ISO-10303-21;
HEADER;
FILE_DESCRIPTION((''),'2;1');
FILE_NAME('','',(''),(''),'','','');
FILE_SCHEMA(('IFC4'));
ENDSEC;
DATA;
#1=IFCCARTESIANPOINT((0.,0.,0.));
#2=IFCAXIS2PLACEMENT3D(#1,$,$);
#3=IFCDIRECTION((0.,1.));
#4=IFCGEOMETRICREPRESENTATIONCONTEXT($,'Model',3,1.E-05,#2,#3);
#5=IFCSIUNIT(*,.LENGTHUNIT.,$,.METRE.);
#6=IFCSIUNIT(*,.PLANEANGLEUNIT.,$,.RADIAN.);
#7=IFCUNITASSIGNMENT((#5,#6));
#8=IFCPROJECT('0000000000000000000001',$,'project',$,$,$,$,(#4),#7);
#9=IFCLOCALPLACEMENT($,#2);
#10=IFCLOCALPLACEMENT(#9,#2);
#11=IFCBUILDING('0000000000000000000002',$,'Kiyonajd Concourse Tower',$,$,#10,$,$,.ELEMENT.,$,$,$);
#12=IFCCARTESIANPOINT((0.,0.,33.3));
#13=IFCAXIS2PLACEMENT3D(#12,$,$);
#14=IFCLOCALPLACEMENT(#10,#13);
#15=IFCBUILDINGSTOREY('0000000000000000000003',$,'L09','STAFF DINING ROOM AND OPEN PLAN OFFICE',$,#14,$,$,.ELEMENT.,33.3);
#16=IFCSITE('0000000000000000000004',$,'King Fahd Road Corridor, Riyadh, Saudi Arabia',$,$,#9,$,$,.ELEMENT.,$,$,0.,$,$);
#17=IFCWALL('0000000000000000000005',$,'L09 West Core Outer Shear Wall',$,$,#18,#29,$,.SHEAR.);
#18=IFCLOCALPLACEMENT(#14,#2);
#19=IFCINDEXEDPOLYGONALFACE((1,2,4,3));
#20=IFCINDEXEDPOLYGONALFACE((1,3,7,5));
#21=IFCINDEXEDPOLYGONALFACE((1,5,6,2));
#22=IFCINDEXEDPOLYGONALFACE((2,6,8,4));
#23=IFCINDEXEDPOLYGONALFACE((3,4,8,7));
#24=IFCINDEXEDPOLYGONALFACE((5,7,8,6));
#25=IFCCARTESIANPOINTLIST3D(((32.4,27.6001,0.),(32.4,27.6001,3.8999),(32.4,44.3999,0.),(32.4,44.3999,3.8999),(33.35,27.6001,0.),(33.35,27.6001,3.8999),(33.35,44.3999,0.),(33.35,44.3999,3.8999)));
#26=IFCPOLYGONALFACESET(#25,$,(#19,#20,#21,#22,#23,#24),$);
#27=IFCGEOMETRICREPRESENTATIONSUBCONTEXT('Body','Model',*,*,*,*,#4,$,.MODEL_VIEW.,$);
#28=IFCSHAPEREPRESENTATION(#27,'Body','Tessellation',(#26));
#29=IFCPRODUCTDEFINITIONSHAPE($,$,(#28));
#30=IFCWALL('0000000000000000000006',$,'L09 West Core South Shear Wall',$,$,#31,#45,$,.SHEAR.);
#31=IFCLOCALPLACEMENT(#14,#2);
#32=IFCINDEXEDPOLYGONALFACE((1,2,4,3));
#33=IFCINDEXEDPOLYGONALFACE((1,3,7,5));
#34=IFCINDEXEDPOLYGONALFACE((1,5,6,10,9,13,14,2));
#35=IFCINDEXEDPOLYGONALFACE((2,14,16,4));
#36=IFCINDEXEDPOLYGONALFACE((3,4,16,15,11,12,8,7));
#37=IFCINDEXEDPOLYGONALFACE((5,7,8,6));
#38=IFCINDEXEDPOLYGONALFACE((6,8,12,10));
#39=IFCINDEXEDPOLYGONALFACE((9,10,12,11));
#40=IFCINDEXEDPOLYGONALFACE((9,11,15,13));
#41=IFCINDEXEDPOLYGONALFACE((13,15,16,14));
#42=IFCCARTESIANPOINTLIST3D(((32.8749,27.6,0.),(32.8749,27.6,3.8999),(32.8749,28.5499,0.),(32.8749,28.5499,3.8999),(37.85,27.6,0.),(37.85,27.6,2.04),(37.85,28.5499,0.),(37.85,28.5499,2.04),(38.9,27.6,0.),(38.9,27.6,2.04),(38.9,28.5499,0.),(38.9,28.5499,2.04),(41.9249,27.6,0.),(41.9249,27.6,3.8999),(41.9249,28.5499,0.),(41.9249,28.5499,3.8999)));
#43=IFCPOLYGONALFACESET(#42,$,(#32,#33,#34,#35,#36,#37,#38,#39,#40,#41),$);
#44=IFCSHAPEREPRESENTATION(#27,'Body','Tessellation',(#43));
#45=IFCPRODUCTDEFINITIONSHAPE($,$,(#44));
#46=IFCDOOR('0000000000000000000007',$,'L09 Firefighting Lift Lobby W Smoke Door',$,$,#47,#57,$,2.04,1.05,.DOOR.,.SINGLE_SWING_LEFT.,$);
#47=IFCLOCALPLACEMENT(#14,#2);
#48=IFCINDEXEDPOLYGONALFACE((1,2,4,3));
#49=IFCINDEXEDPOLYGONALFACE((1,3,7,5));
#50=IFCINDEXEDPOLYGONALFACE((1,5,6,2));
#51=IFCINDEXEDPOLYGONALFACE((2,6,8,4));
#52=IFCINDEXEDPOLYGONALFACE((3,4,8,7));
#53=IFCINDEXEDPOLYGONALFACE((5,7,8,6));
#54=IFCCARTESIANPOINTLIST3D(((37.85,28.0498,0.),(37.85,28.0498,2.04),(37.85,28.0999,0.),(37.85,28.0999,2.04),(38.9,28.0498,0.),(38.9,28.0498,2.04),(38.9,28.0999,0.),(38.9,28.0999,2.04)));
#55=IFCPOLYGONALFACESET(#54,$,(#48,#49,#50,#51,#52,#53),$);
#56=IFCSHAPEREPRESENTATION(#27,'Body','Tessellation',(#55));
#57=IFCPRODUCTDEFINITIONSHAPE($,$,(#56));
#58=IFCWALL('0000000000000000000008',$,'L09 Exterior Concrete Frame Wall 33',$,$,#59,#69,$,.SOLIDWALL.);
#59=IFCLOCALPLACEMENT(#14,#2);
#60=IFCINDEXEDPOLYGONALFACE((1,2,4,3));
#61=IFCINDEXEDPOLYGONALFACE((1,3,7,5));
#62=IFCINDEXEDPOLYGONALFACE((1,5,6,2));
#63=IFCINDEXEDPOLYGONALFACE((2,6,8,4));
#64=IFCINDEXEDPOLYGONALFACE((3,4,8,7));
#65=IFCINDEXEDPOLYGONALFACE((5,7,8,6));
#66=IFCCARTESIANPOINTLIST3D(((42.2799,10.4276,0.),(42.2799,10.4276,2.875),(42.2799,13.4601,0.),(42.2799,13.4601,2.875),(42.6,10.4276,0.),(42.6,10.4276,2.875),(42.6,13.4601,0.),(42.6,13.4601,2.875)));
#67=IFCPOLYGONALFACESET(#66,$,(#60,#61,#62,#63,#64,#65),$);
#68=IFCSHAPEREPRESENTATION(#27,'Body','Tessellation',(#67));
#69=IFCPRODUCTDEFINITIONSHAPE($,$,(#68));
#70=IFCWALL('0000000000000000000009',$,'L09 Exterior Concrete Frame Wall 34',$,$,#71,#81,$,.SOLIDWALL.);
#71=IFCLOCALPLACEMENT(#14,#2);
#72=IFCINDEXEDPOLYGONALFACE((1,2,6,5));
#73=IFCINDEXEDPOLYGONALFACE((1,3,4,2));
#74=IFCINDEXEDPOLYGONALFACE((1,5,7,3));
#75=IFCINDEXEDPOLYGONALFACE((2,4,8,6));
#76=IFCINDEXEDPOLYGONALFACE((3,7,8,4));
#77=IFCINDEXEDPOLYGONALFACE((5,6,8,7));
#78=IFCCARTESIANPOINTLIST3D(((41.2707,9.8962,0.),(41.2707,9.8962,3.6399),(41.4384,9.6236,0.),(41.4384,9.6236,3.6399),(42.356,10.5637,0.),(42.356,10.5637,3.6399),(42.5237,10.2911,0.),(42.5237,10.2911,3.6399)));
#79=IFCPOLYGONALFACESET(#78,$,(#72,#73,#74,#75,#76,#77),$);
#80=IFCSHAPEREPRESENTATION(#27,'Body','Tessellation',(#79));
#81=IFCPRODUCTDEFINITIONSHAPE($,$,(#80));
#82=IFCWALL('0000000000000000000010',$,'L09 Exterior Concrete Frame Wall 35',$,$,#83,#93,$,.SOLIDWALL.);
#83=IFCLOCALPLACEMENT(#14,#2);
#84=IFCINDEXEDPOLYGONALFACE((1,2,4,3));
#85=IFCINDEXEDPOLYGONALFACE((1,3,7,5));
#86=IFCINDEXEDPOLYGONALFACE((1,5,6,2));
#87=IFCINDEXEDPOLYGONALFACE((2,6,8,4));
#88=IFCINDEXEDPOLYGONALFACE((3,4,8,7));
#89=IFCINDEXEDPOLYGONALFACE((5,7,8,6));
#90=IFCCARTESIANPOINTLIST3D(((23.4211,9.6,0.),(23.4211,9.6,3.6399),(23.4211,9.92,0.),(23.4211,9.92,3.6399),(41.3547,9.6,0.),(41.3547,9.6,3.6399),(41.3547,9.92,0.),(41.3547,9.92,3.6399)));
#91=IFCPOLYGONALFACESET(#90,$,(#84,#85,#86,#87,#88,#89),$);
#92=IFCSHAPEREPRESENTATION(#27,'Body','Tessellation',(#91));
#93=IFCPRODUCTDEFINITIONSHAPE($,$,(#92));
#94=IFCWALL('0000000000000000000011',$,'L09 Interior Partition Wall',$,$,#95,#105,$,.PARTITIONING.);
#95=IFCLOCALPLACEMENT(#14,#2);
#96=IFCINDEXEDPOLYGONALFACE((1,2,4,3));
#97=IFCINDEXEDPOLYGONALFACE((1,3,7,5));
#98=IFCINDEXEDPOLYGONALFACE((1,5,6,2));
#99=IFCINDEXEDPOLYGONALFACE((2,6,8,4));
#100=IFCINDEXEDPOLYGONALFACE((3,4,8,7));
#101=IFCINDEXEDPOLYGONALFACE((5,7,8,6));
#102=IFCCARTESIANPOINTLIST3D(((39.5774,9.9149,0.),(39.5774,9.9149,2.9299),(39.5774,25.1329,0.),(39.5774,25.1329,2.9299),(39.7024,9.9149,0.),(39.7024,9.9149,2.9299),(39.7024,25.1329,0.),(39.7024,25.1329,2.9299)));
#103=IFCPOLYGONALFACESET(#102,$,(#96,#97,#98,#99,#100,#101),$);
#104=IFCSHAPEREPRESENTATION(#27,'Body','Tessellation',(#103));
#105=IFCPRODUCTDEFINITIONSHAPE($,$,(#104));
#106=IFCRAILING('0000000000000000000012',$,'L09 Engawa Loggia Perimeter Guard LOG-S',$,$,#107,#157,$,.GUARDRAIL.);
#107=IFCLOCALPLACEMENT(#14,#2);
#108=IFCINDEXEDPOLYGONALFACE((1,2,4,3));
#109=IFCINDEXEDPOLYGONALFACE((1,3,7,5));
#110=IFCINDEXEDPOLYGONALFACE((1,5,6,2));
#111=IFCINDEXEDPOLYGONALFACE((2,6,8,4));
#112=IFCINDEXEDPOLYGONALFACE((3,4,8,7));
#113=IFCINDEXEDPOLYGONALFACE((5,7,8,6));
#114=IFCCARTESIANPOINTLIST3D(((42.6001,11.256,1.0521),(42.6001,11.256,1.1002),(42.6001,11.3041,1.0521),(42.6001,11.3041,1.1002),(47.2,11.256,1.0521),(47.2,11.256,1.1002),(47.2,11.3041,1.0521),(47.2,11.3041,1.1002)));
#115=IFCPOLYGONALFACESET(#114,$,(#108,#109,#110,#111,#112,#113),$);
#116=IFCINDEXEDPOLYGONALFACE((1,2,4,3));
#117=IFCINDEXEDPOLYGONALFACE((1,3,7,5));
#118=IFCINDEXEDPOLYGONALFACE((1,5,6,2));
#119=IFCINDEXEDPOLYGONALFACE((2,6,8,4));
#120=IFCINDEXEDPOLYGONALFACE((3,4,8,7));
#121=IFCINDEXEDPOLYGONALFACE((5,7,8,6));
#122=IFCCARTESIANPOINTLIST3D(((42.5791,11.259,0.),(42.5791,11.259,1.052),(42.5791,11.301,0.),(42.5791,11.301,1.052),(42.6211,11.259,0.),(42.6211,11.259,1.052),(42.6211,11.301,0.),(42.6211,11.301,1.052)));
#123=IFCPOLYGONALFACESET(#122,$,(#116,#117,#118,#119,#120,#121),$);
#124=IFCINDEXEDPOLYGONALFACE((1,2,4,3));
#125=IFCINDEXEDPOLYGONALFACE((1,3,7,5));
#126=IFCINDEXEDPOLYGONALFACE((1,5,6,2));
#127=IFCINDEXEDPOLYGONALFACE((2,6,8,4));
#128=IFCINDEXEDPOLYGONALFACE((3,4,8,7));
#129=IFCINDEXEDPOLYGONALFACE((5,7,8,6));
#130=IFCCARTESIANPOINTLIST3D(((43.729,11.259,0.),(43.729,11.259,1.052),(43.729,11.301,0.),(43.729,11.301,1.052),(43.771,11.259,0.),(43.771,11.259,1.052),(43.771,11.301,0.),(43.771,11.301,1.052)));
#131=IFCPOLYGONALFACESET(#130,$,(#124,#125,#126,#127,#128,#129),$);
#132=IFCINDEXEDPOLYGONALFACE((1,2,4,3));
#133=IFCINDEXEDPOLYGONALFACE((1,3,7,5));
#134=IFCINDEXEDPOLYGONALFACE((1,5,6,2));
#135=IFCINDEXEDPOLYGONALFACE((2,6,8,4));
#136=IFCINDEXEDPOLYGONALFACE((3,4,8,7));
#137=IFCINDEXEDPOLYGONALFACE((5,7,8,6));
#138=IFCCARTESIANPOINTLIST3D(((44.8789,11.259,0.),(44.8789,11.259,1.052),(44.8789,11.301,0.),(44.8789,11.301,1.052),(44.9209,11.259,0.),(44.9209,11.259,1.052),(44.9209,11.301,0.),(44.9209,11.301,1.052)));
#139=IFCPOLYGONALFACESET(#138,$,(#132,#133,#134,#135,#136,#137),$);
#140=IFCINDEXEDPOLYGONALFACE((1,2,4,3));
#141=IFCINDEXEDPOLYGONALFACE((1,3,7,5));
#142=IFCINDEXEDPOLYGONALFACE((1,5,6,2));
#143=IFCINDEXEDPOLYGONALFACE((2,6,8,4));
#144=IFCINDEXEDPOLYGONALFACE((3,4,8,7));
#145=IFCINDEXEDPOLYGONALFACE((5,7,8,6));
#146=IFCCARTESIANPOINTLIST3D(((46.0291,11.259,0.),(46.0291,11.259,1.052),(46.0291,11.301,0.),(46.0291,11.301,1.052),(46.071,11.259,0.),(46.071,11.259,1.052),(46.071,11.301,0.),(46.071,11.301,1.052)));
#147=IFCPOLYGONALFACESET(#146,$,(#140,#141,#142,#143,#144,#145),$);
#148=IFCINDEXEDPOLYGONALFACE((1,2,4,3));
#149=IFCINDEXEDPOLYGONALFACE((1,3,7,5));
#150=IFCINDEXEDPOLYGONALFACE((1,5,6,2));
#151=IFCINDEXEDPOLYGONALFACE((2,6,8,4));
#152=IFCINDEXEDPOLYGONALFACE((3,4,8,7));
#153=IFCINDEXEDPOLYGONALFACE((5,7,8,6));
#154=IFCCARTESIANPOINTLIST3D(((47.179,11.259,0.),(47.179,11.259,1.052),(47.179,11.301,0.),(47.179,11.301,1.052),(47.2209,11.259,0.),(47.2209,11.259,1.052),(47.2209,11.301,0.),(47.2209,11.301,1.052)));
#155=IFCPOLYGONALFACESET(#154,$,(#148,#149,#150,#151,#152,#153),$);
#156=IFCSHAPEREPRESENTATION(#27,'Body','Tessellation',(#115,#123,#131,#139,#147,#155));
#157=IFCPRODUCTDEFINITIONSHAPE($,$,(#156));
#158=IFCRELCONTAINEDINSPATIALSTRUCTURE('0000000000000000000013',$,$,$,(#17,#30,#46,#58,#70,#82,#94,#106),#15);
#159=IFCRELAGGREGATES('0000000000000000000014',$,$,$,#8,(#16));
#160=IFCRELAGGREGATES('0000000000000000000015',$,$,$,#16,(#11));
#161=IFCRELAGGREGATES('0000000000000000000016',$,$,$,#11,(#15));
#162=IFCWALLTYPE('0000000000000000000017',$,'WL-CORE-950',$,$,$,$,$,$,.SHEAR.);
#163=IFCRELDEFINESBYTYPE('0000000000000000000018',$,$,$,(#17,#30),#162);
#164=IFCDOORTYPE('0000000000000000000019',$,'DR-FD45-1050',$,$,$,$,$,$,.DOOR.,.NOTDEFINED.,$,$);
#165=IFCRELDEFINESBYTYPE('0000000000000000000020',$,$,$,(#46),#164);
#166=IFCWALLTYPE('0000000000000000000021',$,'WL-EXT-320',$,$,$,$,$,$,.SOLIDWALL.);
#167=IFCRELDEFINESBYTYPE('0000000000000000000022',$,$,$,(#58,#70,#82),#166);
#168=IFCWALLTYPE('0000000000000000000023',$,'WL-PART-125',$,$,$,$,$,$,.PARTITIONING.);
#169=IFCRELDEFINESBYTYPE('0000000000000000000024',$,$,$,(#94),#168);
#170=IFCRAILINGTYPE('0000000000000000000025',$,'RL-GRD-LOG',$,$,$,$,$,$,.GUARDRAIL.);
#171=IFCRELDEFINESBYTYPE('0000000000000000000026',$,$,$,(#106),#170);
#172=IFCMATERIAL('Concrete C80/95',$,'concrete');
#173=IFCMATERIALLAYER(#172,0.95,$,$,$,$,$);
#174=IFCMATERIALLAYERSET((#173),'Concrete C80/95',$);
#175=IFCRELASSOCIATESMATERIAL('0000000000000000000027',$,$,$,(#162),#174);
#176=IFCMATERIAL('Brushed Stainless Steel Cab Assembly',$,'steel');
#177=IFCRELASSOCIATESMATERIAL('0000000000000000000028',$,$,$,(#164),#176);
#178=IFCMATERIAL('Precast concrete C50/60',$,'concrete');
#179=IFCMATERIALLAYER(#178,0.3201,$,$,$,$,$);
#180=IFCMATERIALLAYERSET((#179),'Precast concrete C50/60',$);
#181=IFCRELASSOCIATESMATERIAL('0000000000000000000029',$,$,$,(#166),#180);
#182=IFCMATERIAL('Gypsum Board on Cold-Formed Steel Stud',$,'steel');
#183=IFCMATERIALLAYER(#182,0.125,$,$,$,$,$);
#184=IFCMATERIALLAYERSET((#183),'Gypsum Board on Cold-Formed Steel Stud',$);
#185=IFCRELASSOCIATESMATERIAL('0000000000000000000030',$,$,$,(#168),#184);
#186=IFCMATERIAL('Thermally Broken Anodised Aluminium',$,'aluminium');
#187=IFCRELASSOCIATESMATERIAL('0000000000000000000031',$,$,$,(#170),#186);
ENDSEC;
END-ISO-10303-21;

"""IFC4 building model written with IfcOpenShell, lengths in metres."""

from ifc_helpers import new_model, si_unit, direction, frame, frame_2d, origin, origin_2d, place, context, subcontext, project, spatial, rectangle, extrude, material, layer, layer_set, type_object, element, fill, save


model = new_model("IFC4")

# Units and contexts
model_context = context("Model", 3, precision=1e-05, world=origin(), true_north=direction((0.0, 1.0)))
body_context = subcontext(model_context, "Body", "Model", "MODEL_VIEW")
ifc_project = project(units=[si_unit("LENGTHUNIT", "METRE"), si_unit("PLANEANGLEUNIT", "RADIAN")], contexts=[model_context])

# Site, building, storey
site_placement = place(None, origin())
site = spatial("IfcSite", under=ifc_project, at=site_placement, Name="King Fahd Road Corridor, Riyadh, Saudi Arabia", CompositionType="ELEMENT", RefElevation=0.0)
building_placement = place(site_placement, origin())
building = spatial("IfcBuilding", under=site, at=building_placement, Name="Kiyonajd Concourse Tower", CompositionType="ELEMENT")
storey_placement = place(building_placement, frame((0.0, 0.0, 33.3)))
storey = spatial("IfcBuildingStorey", under=building, at=storey_placement, Name="L09", Description="STAFF DINING ROOM AND OPEN PLAN OFFICE", CompositionType="ELEMENT", Elevation=33.3)

# Shared definitions
ifc_material_1 = material(Name="Concrete C80/95", Category="concrete")

# Shared definitions
ifc_material_2 = material(Name="Precast concrete C50/60", Category="concrete")

# Shared definitions
ifc_material_3 = material(Name="Thermally Broken Anodised Aluminium", Category="aluminium")

# Wall
ifc_layer_1 = layer(ifc_material_1, 0.95)
ifc_layer_set_1 = layer_set([ifc_layer_1], Name="Concrete C80/95")
wall_type_1 = type_object("IfcWallType", Name="WL-CORE-950", PredefinedType="SHEAR", material=ifc_layer_set_1)
wall_1_placement = place(storey_placement, frame((32.875, 27.6001, 0.0), z_axis=(0.0, 0.0, 1.0), x_axis=(0.0, 1.0, 0.0)))
element("IfcWall", 1, at=wall_1_placement, inside=storey, type_object=wall_type_1, Name="L09 West Core Outer Shear Wall", PredefinedType="SHEAR", context=body_context, shape_type="SweptSolid", body=[
    extrude(rectangle(XDim=16.7998, YDim=0.95, at=frame_2d((8.3999, 0.0))), origin(), (0.0, 0.0, 1.0), 3.8999),
])

# Wall, opening, door
wall_2_placement = place(storey_placement, frame((32.875, 28.075, 0.0), z_axis=(0.0, 0.0, 1.0), x_axis=(1.0, 0.0, 0.0)))
wall_2 = element("IfcWall", 2, at=wall_2_placement, inside=storey, type_object=wall_type_1, Name="L09 West Core South Shear Wall", PredefinedType="SHEAR", context=body_context, shape_type="SweptSolid", body=[
    extrude(rectangle(XDim=9.05, YDim=0.95, at=frame_2d((4.5249, 0.0))), origin(), (0.0, 0.0, 1.0), 3.8999),
])
opening_placement = place(wall_2_placement, frame((4.9751, 0.0, 0.0)))
opening = element("IfcOpeningElement", 3, at=opening_placement, cuts=wall_2, PredefinedType="OPENING", context=body_context, shape_type="SweptSolid", body=[
    extrude(rectangle(XDim=1.05, YDim=2.04, at=frame_2d((0.5249, 1.02))), frame((0.0, 0.4849, 0.0), z_axis=(0.0, -1.0, 0.0), x_axis=(1.0, 0.0, 0.0)), (0.0, 0.0, 1.0), 0.97),
])
ifc_material_4 = material(Name="Brushed Stainless Steel Cab Assembly", Category="steel")
door_type = type_object("IfcDoorType", Name="DR-FD45-1050", OperationType="NOTDEFINED", PredefinedType="DOOR", material=ifc_material_4)
door_placement = place(opening_placement, origin())
door = element("IfcDoor", 4, at=door_placement, inside=storey, type_object=door_type, Name="L09 Firefighting Lift Lobby W Smoke Door", OperationType="SINGLE_SWING_LEFT", OverallHeight=2.04, OverallWidth=1.05, PredefinedType="DOOR", context=body_context, shape_type="SweptSolid", body=[
    extrude(rectangle(XDim=1.05, YDim=2.04, at=frame_2d((0.5249, 1.02))), frame((0.0, 0.0249, 0.0), z_axis=(0.0, -1.0, 0.0), x_axis=(1.0, 0.0, 0.0)), (0.0, 0.0, 1.0), 0.05),
])
fill(opening, door)

# Walls
ifc_layer_2 = layer(ifc_material_2, 0.3201)
ifc_layer_set_2 = layer_set([ifc_layer_2], Name="Precast concrete C50/60")
wall_type_2 = type_object("IfcWallType", Name="WL-EXT-320", PredefinedType="SOLIDWALL", material=ifc_layer_set_2)
wall_3_placement = place(storey_placement, frame((42.4399, 13.46, 0.0), z_axis=(0.0, 0.0, 1.0), x_axis=(0.0, -1.0, 0.0)))
element("IfcWall", 5, at=wall_3_placement, inside=storey, type_object=wall_type_2, Name="L09 Exterior Concrete Frame Wall 33", PredefinedType="SOLIDWALL", context=body_context, shape_type="SweptSolid", body=[
    extrude(rectangle(XDim=3.0325, YDim=0.3201, at=frame_2d((1.5161, 0.0))), origin(), (0.0, 0.0, 1.0), 2.875),
])
wall_4_placement = place(storey_placement, frame((42.4399, 10.4275, 0.0), z_axis=(0.0, 0.0, 1.0), x_axis=(-0.851777, -0.523905, 0.0)))
element("IfcWall", 6, at=wall_4_placement, inside=storey, type_object=wall_type_2, Name="L09 Exterior Concrete Frame Wall 34", PredefinedType="SOLIDWALL", context=body_context, shape_type="SweptSolid", body=[
    extrude(rectangle(XDim=1.2742, YDim=0.3201, at=frame_2d((0.6372, 0.0))), origin(), (0.0, 0.0, 1.0), 3.6399),
])
wall_5_placement = place(storey_placement, frame((41.3547, 9.76, 0.0), z_axis=(0.0, 0.0, 1.0), x_axis=(-1.0, 0.0, 0.0)))
element("IfcWall", 7, at=wall_5_placement, inside=storey, type_object=wall_type_2, Name="L09 Exterior Concrete Frame Wall 35", PredefinedType="SOLIDWALL", context=body_context, shape_type="SweptSolid", body=[
    extrude(rectangle(XDim=17.9336, YDim=0.3201, at=frame_2d((8.9668, 0.0))), origin(), (0.0, 0.0, 1.0), 3.6399),
])
ifc_material_5 = material(Name="Gypsum Board on Cold-Formed Steel Stud", Category="steel")
ifc_layer_3 = layer(ifc_material_5, 0.125)
ifc_layer_set_3 = layer_set([ifc_layer_3], Name="Gypsum Board on Cold-Formed Steel Stud")
wall_type_3 = type_object("IfcWallType", Name="WL-PART-125", PredefinedType="PARTITIONING", material=ifc_layer_set_3)
wall_6_placement = place(storey_placement, frame((39.6399, 9.915, 0.0), z_axis=(0.0, 0.0, 1.0), x_axis=(0.0, 1.0, 0.0)))
element("IfcWall", 8, at=wall_6_placement, inside=storey, type_object=wall_type_3, Name="L09 Interior Partition Wall", PredefinedType="PARTITIONING", context=body_context, shape_type="SweptSolid", body=[
    extrude(rectangle(XDim=15.218, YDim=0.125, at=frame_2d((7.6089, 0.0))), origin(), (0.0, 0.0, 1.0), 2.9299),
])

# Railing
railing_type = type_object("IfcRailingType", Name="RL-GRD-LOG", PredefinedType="GUARDRAIL", material=ifc_material_3)
railing_placement = place(storey_placement, frame((42.6001, 11.28, 0.0)))
element("IfcRailing", 9, at=railing_placement, inside=storey, type_object=railing_type, Name="L09 Engawa Loggia Perimeter Guard LOG-S", PredefinedType="GUARDRAIL", context=body_context, shape_type="SweptSolid", body=[
    extrude(rectangle(XDim=0.0481, YDim=0.0481, at=origin_2d()), frame((0.0, 0.0, 1.0762), z_axis=(1.0, 0.0, 0.0), x_axis=(0.0, 1.0, 0.0)), (0.0, 0.0, 1.0), 4.5999),
    extrude(rectangle(XDim=0.042, YDim=0.042, at=origin_2d()), origin(), (0.0, 0.0, 1.0), 1.052),
    extrude(rectangle(XDim=0.042, YDim=0.042, at=origin_2d()), frame((1.1499, 0.0, 0.0)), (0.0, 0.0, 1.0), 1.052),
    extrude(rectangle(XDim=0.042, YDim=0.042, at=origin_2d()), frame((2.2998, 0.0, 0.0)), (0.0, 0.0, 1.0), 1.052),
    extrude(rectangle(XDim=0.042, YDim=0.042, at=origin_2d()), frame((3.45, 0.0, 0.0)), (0.0, 0.0, 1.0), 1.052),
    extrude(rectangle(XDim=0.042, YDim=0.042, at=origin_2d()), frame((4.5999, 0.0, 0.0)), (0.0, 0.0, 1.0), 1.052),
])

save(model, "model.ifc")
